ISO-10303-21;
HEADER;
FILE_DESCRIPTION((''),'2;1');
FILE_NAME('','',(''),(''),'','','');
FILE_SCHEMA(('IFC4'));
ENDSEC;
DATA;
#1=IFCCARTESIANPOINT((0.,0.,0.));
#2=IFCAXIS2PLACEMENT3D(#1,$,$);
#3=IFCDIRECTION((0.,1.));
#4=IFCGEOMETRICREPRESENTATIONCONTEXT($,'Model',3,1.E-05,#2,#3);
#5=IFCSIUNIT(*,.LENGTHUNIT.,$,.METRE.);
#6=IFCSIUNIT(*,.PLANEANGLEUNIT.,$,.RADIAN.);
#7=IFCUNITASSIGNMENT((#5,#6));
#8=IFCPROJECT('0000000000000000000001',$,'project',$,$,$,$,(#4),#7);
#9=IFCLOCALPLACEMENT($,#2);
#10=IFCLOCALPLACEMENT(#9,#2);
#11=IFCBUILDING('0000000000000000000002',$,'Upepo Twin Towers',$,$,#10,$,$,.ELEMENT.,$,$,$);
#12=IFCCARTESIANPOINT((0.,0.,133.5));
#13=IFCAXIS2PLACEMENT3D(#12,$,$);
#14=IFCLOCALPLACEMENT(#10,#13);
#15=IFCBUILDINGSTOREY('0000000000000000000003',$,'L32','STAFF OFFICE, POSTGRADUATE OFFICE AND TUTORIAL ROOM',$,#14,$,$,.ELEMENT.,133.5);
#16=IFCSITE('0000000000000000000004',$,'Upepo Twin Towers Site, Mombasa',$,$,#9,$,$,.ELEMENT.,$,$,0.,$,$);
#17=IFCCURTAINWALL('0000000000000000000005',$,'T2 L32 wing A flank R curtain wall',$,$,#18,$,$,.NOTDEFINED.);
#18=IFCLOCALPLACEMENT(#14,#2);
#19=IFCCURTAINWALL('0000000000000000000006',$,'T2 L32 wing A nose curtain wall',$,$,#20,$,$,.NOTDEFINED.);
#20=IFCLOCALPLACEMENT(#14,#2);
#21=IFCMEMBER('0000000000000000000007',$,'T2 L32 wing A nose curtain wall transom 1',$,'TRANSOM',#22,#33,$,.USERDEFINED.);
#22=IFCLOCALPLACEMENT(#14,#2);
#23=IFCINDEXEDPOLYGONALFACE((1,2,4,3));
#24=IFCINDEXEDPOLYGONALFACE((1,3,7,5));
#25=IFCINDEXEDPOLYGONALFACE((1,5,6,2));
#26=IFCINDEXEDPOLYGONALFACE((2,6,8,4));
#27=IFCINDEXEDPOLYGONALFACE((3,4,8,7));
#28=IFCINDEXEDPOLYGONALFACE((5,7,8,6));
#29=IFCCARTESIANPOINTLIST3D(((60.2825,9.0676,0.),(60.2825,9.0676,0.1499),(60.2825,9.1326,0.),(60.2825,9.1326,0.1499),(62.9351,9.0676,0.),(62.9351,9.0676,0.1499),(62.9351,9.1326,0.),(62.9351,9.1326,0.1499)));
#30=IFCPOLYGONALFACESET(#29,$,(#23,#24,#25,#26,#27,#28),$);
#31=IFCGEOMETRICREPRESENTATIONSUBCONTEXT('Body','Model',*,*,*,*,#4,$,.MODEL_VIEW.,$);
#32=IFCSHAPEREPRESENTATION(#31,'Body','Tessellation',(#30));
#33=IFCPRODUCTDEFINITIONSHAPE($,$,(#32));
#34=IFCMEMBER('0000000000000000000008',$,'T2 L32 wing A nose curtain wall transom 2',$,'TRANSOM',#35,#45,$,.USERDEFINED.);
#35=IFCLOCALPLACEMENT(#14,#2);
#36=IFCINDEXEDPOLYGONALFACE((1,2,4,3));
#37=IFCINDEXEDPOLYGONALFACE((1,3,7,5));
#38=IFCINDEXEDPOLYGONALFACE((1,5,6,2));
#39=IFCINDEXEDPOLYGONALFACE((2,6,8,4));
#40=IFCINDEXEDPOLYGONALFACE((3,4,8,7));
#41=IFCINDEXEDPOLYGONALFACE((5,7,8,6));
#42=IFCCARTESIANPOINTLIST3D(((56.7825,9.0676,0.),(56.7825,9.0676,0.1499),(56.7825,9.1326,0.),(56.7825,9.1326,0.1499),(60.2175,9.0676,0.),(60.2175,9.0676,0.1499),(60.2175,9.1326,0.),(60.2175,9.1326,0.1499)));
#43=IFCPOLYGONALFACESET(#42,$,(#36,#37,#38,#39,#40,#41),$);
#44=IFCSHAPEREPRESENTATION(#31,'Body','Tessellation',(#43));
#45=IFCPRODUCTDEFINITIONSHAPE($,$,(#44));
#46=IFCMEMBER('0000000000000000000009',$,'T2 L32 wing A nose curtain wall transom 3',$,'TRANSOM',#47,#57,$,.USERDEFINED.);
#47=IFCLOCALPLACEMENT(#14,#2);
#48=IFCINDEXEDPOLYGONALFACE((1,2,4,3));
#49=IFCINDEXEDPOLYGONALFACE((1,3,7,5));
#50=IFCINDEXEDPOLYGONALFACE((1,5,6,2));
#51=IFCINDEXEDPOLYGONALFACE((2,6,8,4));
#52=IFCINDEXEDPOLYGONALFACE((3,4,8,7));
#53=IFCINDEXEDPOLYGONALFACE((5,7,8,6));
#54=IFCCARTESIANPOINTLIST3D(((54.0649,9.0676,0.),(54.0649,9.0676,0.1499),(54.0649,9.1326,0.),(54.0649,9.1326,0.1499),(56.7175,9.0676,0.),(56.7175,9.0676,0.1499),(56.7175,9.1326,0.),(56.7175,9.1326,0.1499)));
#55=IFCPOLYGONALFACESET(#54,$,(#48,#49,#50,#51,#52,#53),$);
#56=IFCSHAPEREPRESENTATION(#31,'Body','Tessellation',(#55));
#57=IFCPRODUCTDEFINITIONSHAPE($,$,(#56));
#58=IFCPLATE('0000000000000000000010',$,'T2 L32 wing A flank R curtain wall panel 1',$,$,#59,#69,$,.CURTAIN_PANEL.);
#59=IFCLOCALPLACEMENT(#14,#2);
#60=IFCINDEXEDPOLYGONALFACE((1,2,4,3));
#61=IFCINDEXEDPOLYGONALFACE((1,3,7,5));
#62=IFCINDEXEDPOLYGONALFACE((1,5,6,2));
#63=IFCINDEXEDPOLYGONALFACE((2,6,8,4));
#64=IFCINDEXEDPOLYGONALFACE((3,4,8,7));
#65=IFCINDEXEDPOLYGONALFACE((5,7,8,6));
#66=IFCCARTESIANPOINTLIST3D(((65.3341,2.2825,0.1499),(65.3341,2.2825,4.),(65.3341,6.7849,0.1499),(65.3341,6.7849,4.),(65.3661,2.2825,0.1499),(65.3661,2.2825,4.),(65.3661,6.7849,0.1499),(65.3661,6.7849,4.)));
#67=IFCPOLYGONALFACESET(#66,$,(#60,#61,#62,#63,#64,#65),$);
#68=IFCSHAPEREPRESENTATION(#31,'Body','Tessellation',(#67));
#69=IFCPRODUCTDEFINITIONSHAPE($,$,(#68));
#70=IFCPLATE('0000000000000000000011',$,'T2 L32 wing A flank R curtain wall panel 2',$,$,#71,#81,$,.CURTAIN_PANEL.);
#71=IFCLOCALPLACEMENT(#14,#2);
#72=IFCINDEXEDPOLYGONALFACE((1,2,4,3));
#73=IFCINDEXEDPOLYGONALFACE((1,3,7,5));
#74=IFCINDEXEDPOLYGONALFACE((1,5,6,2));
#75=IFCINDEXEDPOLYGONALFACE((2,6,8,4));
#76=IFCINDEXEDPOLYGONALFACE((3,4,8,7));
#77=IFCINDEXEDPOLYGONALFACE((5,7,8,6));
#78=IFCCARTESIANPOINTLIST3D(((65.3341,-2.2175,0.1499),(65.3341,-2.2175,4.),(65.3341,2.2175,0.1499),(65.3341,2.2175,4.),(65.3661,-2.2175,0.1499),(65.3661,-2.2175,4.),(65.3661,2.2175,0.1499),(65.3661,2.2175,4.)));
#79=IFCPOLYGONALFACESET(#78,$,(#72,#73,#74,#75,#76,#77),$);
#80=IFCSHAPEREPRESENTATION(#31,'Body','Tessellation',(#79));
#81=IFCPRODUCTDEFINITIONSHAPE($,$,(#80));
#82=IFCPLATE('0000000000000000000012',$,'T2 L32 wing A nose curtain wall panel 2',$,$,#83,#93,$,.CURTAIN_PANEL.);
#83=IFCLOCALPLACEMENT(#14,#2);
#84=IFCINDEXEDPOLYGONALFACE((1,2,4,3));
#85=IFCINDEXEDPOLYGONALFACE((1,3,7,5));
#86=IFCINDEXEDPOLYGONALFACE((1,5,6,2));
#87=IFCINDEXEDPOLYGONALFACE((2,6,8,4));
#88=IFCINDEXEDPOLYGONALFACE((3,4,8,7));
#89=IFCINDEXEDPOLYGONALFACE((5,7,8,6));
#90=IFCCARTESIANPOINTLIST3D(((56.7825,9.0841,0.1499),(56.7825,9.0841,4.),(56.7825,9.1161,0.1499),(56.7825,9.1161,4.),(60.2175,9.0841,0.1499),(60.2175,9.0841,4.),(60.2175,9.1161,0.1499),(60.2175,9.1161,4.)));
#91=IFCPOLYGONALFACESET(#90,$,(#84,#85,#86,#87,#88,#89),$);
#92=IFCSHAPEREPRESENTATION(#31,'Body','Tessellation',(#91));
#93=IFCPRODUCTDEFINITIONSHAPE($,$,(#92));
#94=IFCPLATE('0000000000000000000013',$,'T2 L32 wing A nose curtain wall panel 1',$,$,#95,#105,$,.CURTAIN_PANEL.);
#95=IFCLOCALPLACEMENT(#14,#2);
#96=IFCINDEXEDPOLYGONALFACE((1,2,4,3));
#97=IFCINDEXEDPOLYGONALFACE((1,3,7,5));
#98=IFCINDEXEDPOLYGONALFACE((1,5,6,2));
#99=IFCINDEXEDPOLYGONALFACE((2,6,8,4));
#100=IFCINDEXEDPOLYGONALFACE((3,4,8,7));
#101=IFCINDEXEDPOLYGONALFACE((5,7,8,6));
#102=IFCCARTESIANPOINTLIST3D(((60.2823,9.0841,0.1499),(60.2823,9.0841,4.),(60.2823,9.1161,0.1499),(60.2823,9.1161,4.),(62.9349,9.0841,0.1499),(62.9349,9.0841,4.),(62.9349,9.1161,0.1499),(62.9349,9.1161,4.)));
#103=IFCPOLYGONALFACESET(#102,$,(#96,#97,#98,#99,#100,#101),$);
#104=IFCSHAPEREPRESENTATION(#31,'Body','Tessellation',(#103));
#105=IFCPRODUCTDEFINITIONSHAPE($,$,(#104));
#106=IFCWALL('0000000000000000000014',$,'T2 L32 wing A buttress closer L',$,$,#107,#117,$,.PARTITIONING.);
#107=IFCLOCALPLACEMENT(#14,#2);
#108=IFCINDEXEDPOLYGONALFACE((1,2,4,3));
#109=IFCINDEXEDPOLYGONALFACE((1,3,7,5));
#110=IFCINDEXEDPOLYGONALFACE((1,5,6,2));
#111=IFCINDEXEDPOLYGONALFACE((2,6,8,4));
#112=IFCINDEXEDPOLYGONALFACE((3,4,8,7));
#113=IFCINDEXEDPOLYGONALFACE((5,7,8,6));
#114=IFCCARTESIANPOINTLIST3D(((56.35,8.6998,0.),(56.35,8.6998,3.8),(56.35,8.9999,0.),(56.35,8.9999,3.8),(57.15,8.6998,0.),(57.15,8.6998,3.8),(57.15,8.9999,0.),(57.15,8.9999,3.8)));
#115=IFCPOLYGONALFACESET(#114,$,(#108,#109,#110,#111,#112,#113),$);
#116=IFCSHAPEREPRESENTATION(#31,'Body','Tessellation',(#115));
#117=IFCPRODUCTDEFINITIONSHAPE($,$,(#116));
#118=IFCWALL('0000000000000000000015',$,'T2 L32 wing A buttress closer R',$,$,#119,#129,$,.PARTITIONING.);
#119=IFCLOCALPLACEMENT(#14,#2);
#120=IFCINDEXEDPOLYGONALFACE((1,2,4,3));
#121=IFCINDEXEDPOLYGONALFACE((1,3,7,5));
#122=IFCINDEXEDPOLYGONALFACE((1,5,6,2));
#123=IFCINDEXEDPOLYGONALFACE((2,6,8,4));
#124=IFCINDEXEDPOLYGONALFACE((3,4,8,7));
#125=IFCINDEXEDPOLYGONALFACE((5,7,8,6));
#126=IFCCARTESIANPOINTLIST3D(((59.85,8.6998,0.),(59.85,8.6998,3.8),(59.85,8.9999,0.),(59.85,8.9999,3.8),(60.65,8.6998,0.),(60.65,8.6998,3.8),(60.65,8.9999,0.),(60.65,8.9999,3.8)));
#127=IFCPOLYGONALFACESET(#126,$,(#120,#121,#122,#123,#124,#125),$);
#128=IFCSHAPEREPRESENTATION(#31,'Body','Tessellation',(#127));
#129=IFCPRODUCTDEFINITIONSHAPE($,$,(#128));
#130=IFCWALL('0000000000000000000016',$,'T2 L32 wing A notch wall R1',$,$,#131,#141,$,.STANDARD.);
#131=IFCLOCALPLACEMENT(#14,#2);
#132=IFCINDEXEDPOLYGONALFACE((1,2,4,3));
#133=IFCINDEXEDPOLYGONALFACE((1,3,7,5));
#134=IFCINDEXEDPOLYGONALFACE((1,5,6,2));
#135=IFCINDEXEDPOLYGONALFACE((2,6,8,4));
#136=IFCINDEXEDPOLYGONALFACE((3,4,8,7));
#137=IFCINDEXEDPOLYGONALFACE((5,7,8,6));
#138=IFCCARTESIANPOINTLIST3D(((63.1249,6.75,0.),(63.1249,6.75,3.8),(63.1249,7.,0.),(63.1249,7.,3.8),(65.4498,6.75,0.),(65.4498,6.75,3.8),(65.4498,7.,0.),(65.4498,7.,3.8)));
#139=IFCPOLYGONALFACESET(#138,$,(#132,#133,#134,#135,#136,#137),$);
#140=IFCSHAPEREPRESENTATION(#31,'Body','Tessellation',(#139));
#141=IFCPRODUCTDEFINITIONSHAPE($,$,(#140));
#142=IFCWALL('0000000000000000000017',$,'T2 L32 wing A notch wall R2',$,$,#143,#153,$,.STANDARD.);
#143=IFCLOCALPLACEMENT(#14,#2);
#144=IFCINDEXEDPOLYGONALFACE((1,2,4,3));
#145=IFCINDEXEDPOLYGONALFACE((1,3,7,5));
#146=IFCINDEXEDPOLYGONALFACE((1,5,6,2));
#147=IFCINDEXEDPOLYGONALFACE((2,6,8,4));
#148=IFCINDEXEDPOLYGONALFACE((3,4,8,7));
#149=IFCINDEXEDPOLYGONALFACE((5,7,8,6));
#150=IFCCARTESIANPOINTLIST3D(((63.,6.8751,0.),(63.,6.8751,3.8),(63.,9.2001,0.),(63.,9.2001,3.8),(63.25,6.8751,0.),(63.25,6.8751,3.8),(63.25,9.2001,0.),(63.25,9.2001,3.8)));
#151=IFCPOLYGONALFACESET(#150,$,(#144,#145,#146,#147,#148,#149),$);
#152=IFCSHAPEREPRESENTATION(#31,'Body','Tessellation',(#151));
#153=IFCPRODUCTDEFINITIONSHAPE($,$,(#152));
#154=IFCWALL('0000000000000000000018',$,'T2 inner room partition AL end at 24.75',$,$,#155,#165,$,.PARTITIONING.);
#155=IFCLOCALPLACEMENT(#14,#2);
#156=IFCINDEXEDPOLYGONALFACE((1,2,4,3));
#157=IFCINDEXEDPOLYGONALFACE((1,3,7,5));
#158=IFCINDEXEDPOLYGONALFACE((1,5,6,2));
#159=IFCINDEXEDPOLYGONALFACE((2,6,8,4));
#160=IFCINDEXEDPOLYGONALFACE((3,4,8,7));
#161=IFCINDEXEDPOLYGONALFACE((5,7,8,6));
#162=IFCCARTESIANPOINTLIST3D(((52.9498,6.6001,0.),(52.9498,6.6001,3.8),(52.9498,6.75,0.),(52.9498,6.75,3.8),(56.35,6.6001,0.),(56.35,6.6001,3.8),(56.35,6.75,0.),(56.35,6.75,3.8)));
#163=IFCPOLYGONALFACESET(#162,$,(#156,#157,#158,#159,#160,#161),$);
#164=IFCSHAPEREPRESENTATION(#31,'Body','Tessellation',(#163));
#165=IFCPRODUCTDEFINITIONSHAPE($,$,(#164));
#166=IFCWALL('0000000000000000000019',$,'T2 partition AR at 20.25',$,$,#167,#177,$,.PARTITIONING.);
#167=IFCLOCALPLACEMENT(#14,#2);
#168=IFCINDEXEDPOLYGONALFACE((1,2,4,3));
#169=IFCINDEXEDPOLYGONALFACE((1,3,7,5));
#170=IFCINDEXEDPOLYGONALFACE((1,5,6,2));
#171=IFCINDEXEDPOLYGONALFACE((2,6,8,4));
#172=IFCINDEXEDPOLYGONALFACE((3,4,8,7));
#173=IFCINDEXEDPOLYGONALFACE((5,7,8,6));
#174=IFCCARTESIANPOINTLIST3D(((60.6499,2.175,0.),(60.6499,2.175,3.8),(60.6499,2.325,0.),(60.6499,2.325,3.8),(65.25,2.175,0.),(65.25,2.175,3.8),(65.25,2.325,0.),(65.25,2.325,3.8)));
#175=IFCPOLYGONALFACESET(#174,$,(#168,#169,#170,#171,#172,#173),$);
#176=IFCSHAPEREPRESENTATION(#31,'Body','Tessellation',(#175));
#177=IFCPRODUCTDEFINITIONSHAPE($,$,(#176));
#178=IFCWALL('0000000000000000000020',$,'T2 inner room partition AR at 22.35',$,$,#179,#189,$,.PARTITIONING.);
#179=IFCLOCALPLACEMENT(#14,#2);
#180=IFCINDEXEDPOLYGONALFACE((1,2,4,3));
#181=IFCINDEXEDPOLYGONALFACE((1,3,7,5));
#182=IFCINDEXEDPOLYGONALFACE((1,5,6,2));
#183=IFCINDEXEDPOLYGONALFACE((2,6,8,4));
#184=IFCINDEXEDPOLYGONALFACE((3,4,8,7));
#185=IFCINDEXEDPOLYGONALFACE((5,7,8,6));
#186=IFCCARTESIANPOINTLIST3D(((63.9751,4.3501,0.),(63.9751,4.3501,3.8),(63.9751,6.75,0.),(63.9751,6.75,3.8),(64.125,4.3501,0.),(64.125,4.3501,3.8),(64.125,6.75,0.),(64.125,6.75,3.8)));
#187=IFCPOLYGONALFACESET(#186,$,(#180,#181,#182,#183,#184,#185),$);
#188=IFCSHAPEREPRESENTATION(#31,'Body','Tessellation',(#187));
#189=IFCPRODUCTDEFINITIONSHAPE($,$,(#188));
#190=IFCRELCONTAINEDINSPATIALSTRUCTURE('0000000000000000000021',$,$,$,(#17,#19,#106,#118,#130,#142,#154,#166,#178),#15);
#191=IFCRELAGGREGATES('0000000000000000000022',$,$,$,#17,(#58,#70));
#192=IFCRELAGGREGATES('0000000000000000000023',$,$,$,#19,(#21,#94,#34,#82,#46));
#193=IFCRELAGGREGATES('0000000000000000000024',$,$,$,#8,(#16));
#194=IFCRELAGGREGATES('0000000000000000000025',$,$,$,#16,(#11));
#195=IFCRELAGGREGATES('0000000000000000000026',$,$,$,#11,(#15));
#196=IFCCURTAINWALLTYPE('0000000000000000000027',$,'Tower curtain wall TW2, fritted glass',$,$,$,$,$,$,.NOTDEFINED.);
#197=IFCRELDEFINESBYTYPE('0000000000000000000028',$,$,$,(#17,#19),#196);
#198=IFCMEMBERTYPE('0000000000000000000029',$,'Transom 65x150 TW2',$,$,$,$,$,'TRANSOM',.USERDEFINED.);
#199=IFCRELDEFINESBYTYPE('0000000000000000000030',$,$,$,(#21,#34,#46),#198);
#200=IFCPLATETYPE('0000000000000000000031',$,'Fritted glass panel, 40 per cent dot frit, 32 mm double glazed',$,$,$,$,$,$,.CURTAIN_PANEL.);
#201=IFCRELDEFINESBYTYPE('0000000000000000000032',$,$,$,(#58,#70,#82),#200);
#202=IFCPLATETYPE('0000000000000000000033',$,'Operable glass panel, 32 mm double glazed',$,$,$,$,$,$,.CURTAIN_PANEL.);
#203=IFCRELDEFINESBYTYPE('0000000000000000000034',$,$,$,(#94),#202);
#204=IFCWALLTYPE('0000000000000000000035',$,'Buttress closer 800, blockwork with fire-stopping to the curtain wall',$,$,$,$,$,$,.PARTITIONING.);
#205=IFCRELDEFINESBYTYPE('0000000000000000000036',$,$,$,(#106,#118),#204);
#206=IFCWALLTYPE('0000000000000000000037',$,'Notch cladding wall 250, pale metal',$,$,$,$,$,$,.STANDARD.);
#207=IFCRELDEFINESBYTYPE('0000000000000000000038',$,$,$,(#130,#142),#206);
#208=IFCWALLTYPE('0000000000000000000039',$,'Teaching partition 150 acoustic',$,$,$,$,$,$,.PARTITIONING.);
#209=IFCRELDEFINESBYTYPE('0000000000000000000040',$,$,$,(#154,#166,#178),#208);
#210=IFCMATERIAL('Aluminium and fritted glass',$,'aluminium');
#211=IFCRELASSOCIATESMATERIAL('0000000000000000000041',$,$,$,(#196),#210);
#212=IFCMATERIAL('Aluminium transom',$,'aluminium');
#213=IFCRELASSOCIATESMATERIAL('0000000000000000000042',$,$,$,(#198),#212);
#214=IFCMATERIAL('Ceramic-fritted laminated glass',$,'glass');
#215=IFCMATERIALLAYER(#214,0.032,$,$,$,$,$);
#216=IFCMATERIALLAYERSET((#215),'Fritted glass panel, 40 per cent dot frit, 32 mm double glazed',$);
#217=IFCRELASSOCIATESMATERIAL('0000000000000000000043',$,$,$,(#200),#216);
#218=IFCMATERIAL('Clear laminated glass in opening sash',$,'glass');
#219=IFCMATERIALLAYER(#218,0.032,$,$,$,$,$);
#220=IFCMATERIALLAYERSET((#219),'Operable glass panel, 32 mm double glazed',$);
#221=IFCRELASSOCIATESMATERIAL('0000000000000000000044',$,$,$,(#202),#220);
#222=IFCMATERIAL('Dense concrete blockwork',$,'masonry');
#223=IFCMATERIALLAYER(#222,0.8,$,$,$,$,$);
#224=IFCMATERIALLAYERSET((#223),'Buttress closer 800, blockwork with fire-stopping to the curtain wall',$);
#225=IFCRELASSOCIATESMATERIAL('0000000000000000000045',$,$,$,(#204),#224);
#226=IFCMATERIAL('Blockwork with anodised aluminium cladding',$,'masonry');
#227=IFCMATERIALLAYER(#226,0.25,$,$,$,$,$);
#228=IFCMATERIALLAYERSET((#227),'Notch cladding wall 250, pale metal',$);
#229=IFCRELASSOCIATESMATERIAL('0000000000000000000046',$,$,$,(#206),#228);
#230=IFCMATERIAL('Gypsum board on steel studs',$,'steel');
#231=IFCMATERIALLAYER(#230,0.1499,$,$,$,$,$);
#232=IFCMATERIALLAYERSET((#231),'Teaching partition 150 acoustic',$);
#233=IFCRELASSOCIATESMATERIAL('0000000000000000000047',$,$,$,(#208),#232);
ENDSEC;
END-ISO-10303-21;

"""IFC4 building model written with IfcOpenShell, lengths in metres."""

from ifc_helpers import new_model, si_unit, direction, frame, frame_2d, origin, origin_2d, place, context, subcontext, project, spatial, rectangle, extrude, material, layer, layer_set, material_profile, profile_set, type_object, element, aggregate, save


model = new_model("IFC4")

# Units and contexts
model_context = context("Model", 3, precision=1e-05, world=origin(), true_north=direction((0.0, 1.0)))
body_context = subcontext(model_context, "Body", "Model", "MODEL_VIEW")
ifc_project = project(units=[si_unit("LENGTHUNIT", "METRE"), si_unit("PLANEANGLEUNIT", "RADIAN")], contexts=[model_context])

# Site, building, storey
site_placement = place(None, origin())
site = spatial("IfcSite", under=ifc_project, at=site_placement, Name="Upepo Twin Towers Site, Mombasa", CompositionType="ELEMENT", RefElevation=0.0)
building_placement = place(site_placement, origin())
building = spatial("IfcBuilding", under=site, at=building_placement, Name="Upepo Twin Towers", CompositionType="ELEMENT")
storey_placement = place(building_placement, frame((0.0, 0.0, 133.5)))
storey = spatial("IfcBuildingStorey", under=building, at=storey_placement, Name="L32", Description="STAFF OFFICE, POSTGRADUATE OFFICE AND TUTORIAL ROOM", CompositionType="ELEMENT", Elevation=133.5)

# Curtain walls
ifc_material_1 = material(Name="Aluminium and fritted glass", Category="aluminium")
curtain_wall_type = type_object("IfcCurtainWallType", Name="Tower curtain wall TW2, fritted glass", PredefinedType="NOTDEFINED", material=ifc_material_1)
curtain_wall_1_placement = place(storey_placement, origin())
curtain_wall_1 = element("IfcCurtainWall", 1, at=curtain_wall_1_placement, inside=storey, type_object=curtain_wall_type, Name="T2 L32 wing A flank R curtain wall", PredefinedType="NOTDEFINED")
curtain_wall_2_placement = place(storey_placement, origin())
curtain_wall_2 = element("IfcCurtainWall", 2, at=curtain_wall_2_placement, inside=storey, type_object=curtain_wall_type, Name="T2 L32 wing A nose curtain wall", PredefinedType="NOTDEFINED")

# Members
ifc_material_2 = material(Name="Aluminium transom", Category="aluminium")
ifc_material_profile_1 = material_profile(ifc_material_2, rectangle(XDim=0.0649, YDim=0.1499, at=origin_2d()), Name="TRANSOM 65x150")
ifc_profile_set_1 = profile_set([ifc_material_profile_1], Name="Aluminium transom")
member_type_1 = type_object("IfcMemberType", Name="Transom 65x150 TW2", ElementType="TRANSOM", PredefinedType="USERDEFINED", material=ifc_profile_set_1)
member_1_placement = place(storey_placement, frame((62.9351, 9.1001, 0.075), z_axis=(-1.0, 0.0, 0.0), x_axis=(0.0, -1.0, 0.0)))
member_1 = element("IfcMember", 3, at=member_1_placement, type_object=member_type_1, Name="T2 L32 wing A nose curtain wall transom 1", ObjectType="TRANSOM", PredefinedType="USERDEFINED", context=body_context, shape_type="SweptSolid", body=[
    extrude(rectangle(XDim=0.0649, YDim=0.1499, at=origin_2d()), origin(), (0.0, 0.0, 1.0), 2.6526),
])
member_2_placement = place(storey_placement, frame((60.2175, 9.1001, 0.075), z_axis=(-1.0, 0.0, 0.0), x_axis=(0.0, -1.0, 0.0)))
member_2 = element("IfcMember", 4, at=member_2_placement, type_object=member_type_1, Name="T2 L32 wing A nose curtain wall transom 2", ObjectType="TRANSOM", PredefinedType="USERDEFINED", context=body_context, shape_type="SweptSolid", body=[
    extrude(rectangle(XDim=0.0649, YDim=0.1499, at=origin_2d()), origin(), (0.0, 0.0, 1.0), 3.4351),
])
member_3_placement = place(storey_placement, frame((56.7175, 9.1001, 0.075), z_axis=(-1.0, 0.0, 0.0), x_axis=(0.0, -1.0, 0.0)))
member_3 = element("IfcMember", 5, at=member_3_placement, type_object=member_type_1, Name="T2 L32 wing A nose curtain wall transom 3", ObjectType="TRANSOM", PredefinedType="USERDEFINED", context=body_context, shape_type="SweptSolid", body=[
    extrude(rectangle(XDim=0.0649, YDim=0.1499, at=origin_2d()), origin(), (0.0, 0.0, 1.0), 2.6526),
])

# Plates
ifc_material_3 = material(Name="Ceramic-fritted laminated glass", Category="glass")
ifc_layer_1 = layer(ifc_material_3, 0.032)
ifc_layer_set_1 = layer_set([ifc_layer_1], Name="Fritted glass panel, 40 per cent dot frit, 32 mm double glazed")
plate_type_1 = type_object("IfcPlateType", Name="Fritted glass panel, 40 per cent dot frit, 32 mm double glazed", PredefinedType="CURTAIN_PANEL", material=ifc_layer_set_1)
plate_1_placement = place(storey_placement, frame((65.3501, 4.5337, 0.1499), z_axis=(0.0, 0.0, 1.0), x_axis=(0.0, -1.0, 0.0)))
plate_1 = element("IfcPlate", 6, at=plate_1_placement, type_object=plate_type_1, Name="T2 L32 wing A flank R curtain wall panel 1", PredefinedType="CURTAIN_PANEL", context=body_context, shape_type="SweptSolid", body=[
    extrude(rectangle(XDim=4.5024, YDim=0.032, at=origin_2d()), origin(), (0.0, 0.0, 1.0), 3.8501),
])
plate_2_placement = place(storey_placement, frame((65.3501, 0.0, 0.1499), z_axis=(0.0, 0.0, 1.0), x_axis=(0.0, -1.0, 0.0)))
plate_2 = element("IfcPlate", 7, at=plate_2_placement, type_object=plate_type_1, Name="T2 L32 wing A flank R curtain wall panel 2", PredefinedType="CURTAIN_PANEL", context=body_context, shape_type="SweptSolid", body=[
    extrude(rectangle(XDim=4.4351, YDim=0.032, at=origin_2d()), origin(), (0.0, 0.0, 1.0), 3.8501),
])
aggregate(curtain_wall_1, [plate_1, plate_2])
plate_3_placement = place(storey_placement, frame((58.5, 9.1001, 0.1499), z_axis=(0.0, 0.0, 1.0), x_axis=(-1.0, 0.0, 0.0)))
plate_3 = element("IfcPlate", 8, at=plate_3_placement, type_object=plate_type_1, Name="T2 L32 wing A nose curtain wall panel 2", PredefinedType="CURTAIN_PANEL", context=body_context, shape_type="SweptSolid", body=[
    extrude(rectangle(XDim=3.4351, YDim=0.032, at=origin_2d()), origin(), (0.0, 0.0, 1.0), 3.8501),
])
ifc_material_4 = material(Name="Clear laminated glass in opening sash", Category="glass")
ifc_layer_2 = layer(ifc_material_4, 0.032)
ifc_layer_set_2 = layer_set([ifc_layer_2], Name="Operable glass panel, 32 mm double glazed")
plate_type_2 = type_object("IfcPlateType", Name="Operable glass panel, 32 mm double glazed", PredefinedType="CURTAIN_PANEL", material=ifc_layer_set_2)
plate_4_placement = place(storey_placement, frame((61.6086, 9.1001, 0.1499), z_axis=(0.0, 0.0, 1.0), x_axis=(-1.0, 0.0, 0.0)))
plate_4 = element("IfcPlate", 9, at=plate_4_placement, type_object=plate_type_2, Name="T2 L32 wing A nose curtain wall panel 1", PredefinedType="CURTAIN_PANEL", context=body_context, shape_type="SweptSolid", body=[
    extrude(rectangle(XDim=2.6526, YDim=0.032, at=origin_2d()), origin(), (0.0, 0.0, 1.0), 3.8501),
])
aggregate(curtain_wall_2, [member_1, plate_4, member_2, plate_3, member_3])

# Walls
ifc_material_5 = material(Name="Dense concrete blockwork", Category="masonry")
ifc_layer_3 = layer(ifc_material_5, 0.8)
ifc_layer_set_3 = layer_set([ifc_layer_3], Name="Buttress closer 800, blockwork with fire-stopping to the curtain wall")
wall_type_1 = type_object("IfcWallType", Name="Buttress closer 800, blockwork with fire-stopping to the curtain wall", PredefinedType="PARTITIONING", material=ifc_layer_set_3)
for number, where, z_axis, x_axis, name in (
    (10, (56.75, 8.7, 0.0), (0.0, 0.0, 1.0), (0.0, 1.0, 0.0), "T2 L32 wing A buttress closer L"),
    (11, (60.25, 8.7, 0.0), (0.0, 0.0, 1.0), (0.0, 1.0, 0.0), "T2 L32 wing A buttress closer R"),
):
    element("IfcWall", number, at=place(storey_placement, frame(where, z_axis=z_axis, x_axis=x_axis)), inside=storey, type_object=wall_type_1, Name=name, PredefinedType="PARTITIONING", context=body_context, shape_type="SweptSolid", body=[
        extrude(rectangle(XDim=0.3, YDim=0.8, at=frame_2d((0.1499, 0.0))), origin(), (0.0, 0.0, 1.0), 3.8),
    ])
ifc_material_6 = material(Name="Blockwork with anodised aluminium cladding", Category="masonry")
ifc_layer_4 = layer(ifc_material_6, 0.25)
ifc_layer_set_4 = layer_set([ifc_layer_4], Name="Notch cladding wall 250, pale metal")
wall_type_2 = type_object("IfcWallType", Name="Notch cladding wall 250, pale metal", PredefinedType="STANDARD", material=ifc_layer_set_4)
for number, where, z_axis, x_axis, name in (
    (12, (65.45, 6.875, 0.0), (0.0, 0.0, 1.0), (-1.0, 0.0, 0.0), "T2 L32 wing A notch wall R1"),
    (13, (63.125, 6.875, 0.0), (0.0, 0.0, 1.0), (0.0, 1.0, 0.0), "T2 L32 wing A notch wall R2"),
):
    element("IfcWall", number, at=place(storey_placement, frame(where, z_axis=z_axis, x_axis=x_axis)), inside=storey, type_object=wall_type_2, Name=name, PredefinedType="STANDARD", context=body_context, shape_type="SweptSolid", body=[
        extrude(rectangle(XDim=2.325, YDim=0.25, at=frame_2d((1.1626, 0.0))), origin(), (0.0, 0.0, 1.0), 3.8),
    ])
ifc_material_7 = material(Name="Gypsum board on steel studs", Category="steel")
ifc_layer_5 = layer(ifc_material_7, 0.1499)
ifc_layer_set_5 = layer_set([ifc_layer_5], Name="Teaching partition 150 acoustic")
wall_type_3 = type_object("IfcWallType", Name="Teaching partition 150 acoustic", PredefinedType="PARTITIONING", material=ifc_layer_set_5)
wall_1_placement = place(storey_placement, frame((56.3501, 6.675, 0.0), z_axis=(0.0, 0.0, 1.0), x_axis=(-1.0, 0.0, 0.0)))
element("IfcWall", 14, at=wall_1_placement, inside=storey, type_object=wall_type_3, Name="T2 inner room partition AL end at 24.75", PredefinedType="PARTITIONING", context=body_context, shape_type="SweptSolid", body=[
    extrude(rectangle(XDim=3.4001, YDim=0.1499, at=frame_2d((1.7002, 0.0))), origin(), (0.0, 0.0, 1.0), 3.8),
])
wall_2_placement = place(storey_placement, frame((60.6499, 2.25, 0.0), z_axis=(0.0, 0.0, 1.0), x_axis=(1.0, 0.0, 0.0)))
element("IfcWall", 15, at=wall_2_placement, inside=storey, type_object=wall_type_3, Name="T2 partition AR at 20.25", PredefinedType="PARTITIONING", context=body_context, shape_type="SweptSolid", body=[
    extrude(rectangle(XDim=4.6001, YDim=0.1499, at=frame_2d((2.3, 0.0))), origin(), (0.0, 0.0, 1.0), 3.8),
])
wall_3_placement = place(storey_placement, frame((64.05, 4.3501, 0.0), z_axis=(0.0, 0.0, 1.0), x_axis=(0.0, 1.0, 0.0)))
element("IfcWall", 16, at=wall_3_placement, inside=storey, type_object=wall_type_3, Name="T2 inner room partition AR at 22.35", PredefinedType="PARTITIONING", context=body_context, shape_type="SweptSolid", body=[
    extrude(rectangle(XDim=2.3999, YDim=0.1499, at=frame_2d((1.2, 0.0))), origin(), (0.0, 0.0, 1.0), 3.8),
])

save(model, "model.ifc")
